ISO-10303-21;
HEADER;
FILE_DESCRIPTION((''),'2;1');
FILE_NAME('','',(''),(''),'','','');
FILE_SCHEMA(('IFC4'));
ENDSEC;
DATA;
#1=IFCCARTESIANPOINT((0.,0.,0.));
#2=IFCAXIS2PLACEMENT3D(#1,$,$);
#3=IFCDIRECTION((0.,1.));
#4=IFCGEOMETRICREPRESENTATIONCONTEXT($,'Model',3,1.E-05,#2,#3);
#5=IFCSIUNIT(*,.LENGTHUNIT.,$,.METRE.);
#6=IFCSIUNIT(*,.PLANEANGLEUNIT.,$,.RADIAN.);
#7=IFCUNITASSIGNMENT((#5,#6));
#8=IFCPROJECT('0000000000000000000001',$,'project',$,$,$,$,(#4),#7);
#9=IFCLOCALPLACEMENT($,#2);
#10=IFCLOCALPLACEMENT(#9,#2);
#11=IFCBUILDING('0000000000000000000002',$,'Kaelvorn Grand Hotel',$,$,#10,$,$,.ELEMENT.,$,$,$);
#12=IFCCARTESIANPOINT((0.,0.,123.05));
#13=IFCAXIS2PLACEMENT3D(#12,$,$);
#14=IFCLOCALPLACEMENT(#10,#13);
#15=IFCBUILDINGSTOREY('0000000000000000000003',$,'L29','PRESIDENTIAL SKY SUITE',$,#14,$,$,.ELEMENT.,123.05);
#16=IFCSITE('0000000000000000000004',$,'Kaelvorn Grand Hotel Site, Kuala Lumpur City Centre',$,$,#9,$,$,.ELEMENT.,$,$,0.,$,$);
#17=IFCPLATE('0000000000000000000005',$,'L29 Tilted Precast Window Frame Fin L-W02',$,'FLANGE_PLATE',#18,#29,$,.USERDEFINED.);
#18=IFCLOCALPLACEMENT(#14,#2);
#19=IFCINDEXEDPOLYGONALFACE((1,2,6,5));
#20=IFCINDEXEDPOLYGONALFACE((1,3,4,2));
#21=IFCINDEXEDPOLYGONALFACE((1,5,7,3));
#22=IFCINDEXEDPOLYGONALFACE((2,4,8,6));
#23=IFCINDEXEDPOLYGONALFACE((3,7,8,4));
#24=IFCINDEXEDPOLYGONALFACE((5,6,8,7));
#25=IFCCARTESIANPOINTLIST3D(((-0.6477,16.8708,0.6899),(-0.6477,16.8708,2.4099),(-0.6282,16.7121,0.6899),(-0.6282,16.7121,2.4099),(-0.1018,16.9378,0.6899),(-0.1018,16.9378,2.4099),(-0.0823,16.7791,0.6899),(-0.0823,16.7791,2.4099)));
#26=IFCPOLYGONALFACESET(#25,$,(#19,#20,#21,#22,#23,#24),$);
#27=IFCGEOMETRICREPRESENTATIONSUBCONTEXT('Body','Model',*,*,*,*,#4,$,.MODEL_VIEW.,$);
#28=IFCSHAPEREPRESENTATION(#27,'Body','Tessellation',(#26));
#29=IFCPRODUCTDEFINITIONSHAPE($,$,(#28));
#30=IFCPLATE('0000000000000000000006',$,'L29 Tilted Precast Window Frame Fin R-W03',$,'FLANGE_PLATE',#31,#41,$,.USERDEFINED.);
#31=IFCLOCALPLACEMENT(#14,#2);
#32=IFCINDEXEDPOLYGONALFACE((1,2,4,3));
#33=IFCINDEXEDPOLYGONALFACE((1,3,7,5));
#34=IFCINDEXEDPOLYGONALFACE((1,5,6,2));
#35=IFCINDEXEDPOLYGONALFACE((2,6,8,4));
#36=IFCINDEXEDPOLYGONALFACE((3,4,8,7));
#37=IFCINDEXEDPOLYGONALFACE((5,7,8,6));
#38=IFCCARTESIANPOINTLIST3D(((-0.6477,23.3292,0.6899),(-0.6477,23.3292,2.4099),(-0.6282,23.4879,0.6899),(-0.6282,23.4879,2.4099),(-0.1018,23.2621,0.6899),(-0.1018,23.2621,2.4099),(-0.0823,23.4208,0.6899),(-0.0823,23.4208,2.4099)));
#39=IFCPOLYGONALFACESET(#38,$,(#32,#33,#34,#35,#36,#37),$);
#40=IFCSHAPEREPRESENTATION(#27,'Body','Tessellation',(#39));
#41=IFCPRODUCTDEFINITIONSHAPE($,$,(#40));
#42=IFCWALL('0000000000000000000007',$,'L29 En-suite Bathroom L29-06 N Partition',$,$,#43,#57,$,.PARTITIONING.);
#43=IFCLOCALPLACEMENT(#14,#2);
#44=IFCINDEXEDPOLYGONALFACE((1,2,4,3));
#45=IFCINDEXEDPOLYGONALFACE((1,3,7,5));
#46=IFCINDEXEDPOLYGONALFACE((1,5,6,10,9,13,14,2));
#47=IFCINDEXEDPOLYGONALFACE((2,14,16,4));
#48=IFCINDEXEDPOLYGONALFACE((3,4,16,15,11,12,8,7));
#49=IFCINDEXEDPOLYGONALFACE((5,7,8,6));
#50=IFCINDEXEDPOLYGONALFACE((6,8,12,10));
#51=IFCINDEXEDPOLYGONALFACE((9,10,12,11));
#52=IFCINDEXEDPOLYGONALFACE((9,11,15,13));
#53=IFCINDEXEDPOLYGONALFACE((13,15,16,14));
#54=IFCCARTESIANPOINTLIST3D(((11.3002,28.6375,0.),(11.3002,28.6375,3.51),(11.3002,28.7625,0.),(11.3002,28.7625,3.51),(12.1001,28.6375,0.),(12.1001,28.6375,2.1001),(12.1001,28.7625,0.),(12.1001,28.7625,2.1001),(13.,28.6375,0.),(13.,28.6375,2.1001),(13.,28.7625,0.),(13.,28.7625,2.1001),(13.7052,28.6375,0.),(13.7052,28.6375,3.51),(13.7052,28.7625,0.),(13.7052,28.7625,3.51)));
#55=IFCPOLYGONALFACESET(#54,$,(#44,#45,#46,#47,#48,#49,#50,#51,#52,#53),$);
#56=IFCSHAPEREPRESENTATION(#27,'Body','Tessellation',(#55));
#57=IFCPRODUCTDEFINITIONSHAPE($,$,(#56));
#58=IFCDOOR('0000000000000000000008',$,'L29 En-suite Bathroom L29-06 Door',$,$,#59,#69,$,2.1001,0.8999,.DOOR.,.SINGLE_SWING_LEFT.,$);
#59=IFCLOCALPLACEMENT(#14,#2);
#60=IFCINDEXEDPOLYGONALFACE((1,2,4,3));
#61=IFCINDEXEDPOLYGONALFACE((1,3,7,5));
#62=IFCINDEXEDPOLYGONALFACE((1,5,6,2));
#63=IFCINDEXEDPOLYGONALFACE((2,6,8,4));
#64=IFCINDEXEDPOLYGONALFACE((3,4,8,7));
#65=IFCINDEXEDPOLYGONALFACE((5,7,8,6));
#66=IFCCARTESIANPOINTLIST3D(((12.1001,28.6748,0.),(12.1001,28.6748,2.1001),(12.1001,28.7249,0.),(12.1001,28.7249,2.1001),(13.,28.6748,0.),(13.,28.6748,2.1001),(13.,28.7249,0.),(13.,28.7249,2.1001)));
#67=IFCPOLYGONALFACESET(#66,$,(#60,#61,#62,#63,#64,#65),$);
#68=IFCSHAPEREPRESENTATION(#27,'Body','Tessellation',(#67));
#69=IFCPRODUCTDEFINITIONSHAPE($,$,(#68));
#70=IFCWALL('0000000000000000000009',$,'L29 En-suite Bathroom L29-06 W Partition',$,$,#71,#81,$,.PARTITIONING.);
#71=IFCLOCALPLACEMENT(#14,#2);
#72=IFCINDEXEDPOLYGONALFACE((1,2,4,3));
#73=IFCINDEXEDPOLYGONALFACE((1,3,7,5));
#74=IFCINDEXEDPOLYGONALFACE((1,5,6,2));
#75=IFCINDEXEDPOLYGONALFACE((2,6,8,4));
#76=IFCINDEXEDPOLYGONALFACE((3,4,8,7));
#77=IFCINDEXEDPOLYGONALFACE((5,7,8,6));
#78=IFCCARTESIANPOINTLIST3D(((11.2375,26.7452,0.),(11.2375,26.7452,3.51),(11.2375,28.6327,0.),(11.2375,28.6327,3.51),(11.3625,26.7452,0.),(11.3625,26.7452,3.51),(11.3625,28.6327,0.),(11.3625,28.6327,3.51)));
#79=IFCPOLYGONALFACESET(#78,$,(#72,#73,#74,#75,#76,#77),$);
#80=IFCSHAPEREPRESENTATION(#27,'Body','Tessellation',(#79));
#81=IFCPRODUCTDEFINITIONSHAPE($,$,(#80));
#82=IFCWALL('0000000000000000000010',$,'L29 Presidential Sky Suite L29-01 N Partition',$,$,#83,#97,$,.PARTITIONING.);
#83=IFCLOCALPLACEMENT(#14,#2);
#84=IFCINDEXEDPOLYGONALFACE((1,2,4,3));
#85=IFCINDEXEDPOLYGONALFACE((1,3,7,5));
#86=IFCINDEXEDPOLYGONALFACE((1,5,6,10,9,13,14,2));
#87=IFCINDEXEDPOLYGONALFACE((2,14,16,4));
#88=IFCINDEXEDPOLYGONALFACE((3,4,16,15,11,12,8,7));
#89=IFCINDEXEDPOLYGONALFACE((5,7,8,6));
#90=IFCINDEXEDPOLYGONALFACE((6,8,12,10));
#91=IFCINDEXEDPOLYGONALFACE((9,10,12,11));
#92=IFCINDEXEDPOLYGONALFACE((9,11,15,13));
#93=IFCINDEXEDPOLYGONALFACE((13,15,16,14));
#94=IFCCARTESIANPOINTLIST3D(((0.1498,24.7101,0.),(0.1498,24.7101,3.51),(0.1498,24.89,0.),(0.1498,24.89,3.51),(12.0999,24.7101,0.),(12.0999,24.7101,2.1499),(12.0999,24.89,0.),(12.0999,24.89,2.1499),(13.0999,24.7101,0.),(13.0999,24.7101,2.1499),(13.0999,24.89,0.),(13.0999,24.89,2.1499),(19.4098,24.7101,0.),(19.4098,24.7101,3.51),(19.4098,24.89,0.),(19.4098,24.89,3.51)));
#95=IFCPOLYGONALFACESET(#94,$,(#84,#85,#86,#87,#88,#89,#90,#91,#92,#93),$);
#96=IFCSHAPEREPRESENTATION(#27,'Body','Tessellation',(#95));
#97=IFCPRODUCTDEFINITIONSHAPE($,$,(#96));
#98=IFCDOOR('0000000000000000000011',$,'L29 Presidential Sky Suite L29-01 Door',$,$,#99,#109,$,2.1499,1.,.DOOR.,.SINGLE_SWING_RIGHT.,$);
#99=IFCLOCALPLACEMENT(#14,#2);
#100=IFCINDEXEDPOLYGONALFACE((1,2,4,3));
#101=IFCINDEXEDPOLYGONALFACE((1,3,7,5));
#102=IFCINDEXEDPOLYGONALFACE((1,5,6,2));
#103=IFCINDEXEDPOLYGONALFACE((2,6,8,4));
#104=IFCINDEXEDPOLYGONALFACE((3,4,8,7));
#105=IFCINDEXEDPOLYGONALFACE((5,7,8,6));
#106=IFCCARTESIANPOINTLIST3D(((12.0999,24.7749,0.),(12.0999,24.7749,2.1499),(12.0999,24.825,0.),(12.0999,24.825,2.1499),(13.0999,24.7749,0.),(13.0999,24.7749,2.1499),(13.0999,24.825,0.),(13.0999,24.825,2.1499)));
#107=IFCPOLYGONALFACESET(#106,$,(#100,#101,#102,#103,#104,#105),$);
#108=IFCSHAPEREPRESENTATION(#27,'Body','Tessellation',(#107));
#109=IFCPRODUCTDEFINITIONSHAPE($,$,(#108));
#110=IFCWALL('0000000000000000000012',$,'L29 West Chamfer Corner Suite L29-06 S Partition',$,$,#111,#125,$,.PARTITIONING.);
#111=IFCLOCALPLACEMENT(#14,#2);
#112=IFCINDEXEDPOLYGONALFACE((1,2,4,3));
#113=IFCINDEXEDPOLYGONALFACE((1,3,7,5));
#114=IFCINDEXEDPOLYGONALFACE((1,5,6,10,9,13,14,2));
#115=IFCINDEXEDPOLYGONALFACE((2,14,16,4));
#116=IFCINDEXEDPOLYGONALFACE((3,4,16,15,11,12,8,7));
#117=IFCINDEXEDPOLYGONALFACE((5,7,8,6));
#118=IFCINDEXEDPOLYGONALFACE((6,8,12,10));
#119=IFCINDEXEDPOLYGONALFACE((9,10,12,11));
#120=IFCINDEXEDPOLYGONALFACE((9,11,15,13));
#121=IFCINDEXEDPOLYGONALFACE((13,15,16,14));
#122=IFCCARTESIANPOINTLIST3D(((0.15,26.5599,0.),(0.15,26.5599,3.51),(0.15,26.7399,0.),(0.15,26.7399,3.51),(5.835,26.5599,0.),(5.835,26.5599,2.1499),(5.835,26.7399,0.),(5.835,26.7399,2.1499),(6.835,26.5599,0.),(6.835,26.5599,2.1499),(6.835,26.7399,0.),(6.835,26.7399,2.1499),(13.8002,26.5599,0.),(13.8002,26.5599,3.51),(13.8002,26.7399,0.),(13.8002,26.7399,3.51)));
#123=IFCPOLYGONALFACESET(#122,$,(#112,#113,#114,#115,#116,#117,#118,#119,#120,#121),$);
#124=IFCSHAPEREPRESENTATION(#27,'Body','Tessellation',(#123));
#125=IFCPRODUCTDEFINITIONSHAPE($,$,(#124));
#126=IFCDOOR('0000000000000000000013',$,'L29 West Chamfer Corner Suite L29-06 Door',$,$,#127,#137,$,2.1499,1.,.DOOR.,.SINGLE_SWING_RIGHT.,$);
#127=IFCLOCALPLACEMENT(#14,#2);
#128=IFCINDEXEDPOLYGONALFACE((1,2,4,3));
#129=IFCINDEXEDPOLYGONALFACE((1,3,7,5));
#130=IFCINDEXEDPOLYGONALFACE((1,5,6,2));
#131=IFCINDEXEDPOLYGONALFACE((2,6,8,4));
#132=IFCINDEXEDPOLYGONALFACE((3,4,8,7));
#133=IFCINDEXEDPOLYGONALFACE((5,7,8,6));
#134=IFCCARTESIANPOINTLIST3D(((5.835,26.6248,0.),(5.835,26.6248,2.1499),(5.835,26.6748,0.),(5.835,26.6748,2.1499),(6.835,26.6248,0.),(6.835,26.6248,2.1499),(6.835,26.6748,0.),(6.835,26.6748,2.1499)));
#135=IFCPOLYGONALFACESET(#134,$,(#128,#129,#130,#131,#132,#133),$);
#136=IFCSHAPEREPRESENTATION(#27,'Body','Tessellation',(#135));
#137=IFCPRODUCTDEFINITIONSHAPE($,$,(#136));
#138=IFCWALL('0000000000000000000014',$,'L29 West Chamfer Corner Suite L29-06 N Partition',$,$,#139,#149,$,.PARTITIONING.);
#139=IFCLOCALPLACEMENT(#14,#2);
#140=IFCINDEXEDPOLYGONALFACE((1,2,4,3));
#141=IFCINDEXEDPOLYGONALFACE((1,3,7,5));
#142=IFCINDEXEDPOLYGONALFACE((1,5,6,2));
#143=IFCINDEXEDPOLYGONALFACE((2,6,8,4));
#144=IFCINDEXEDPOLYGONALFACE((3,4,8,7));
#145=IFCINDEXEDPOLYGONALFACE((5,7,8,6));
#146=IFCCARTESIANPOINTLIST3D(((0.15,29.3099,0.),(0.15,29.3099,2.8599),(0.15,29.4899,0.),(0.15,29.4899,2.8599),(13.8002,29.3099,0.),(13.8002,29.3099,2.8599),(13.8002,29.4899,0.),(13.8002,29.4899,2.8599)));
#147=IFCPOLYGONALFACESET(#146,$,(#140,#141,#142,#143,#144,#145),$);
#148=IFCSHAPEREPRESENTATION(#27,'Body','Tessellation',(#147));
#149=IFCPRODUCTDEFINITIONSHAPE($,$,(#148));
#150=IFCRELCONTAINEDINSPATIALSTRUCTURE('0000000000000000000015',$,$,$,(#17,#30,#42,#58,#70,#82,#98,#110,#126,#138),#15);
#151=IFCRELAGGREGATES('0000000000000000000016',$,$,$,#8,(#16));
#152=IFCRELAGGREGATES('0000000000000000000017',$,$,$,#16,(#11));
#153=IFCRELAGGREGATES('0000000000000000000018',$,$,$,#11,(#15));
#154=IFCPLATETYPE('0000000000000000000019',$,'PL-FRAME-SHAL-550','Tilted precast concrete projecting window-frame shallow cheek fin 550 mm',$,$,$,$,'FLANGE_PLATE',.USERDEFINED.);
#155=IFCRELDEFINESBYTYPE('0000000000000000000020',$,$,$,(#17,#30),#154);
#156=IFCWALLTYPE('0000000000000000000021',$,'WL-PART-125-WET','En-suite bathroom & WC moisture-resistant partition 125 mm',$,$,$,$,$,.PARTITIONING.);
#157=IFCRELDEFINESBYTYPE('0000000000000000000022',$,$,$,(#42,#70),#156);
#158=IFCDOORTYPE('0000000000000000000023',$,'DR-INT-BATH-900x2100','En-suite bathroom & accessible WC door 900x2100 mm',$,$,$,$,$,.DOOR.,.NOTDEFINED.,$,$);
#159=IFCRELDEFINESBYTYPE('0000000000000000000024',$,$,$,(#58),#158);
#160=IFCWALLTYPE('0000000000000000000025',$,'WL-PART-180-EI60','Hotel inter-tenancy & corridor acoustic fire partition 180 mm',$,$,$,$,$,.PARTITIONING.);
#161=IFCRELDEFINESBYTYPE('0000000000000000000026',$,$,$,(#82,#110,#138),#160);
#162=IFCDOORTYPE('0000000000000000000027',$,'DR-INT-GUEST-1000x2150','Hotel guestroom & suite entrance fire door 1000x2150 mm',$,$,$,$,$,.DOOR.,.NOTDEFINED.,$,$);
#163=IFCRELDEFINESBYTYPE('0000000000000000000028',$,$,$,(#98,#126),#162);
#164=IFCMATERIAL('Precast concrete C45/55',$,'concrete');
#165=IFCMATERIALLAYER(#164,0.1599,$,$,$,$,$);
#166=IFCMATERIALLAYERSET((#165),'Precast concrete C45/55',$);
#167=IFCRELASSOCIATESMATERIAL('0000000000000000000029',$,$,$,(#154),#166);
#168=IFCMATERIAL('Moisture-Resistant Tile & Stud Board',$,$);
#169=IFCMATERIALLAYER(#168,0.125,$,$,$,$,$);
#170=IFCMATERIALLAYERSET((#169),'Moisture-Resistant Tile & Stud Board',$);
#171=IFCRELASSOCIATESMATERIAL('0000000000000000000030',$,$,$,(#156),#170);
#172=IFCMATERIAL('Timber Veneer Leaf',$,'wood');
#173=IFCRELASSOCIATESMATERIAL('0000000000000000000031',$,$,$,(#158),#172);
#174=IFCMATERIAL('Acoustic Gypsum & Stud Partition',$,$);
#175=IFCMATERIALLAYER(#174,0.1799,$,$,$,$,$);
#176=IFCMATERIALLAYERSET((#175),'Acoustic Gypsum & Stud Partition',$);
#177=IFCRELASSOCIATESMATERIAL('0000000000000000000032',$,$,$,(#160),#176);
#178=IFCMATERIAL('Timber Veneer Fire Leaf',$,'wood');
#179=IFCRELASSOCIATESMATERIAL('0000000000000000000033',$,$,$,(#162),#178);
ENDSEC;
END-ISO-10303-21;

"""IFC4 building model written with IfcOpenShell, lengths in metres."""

from ifc_helpers import new_model, si_unit, direction, frame, frame_2d, origin, origin_2d, place, context, subcontext, project, spatial, rectangle, extrude, material, layer, layer_set, type_object, element, fill, save


model = new_model("IFC4")

# Units and contexts
model_context = context("Model", 3, precision=1e-05, world=origin(), true_north=direction((0.0, 1.0)))
body_context = subcontext(model_context, "Body", "Model", "MODEL_VIEW")
ifc_project = project(units=[si_unit("LENGTHUNIT", "METRE"), si_unit("PLANEANGLEUNIT", "RADIAN")], contexts=[model_context])

# Site, building, storey
site_placement = place(None, origin())
site = spatial("IfcSite", under=ifc_project, at=site_placement, Name="Kaelvorn Grand Hotel Site, Kuala Lumpur City Centre", CompositionType="ELEMENT", RefElevation=0.0)
building_placement = place(site_placement, origin())
building = spatial("IfcBuilding", under=site, at=building_placement, Name="Kaelvorn Grand Hotel", CompositionType="ELEMENT")
storey_placement = place(building_placement, frame((0.0, 0.0, 123.05)))
storey = spatial("IfcBuildingStorey", under=building, at=storey_placement, Name="L29", Description="PRESIDENTIAL SKY SUITE", CompositionType="ELEMENT", Elevation=123.05)

# Plates
ifc_material_1 = material(Name="Precast concrete C45/55", Category="concrete")
ifc_layer_1 = layer(ifc_material_1, 0.1599)
ifc_layer_set_1 = layer_set([ifc_layer_1], Name="Precast concrete C45/55")
plate_type_1 = type_object("IfcPlateType", Name="PL-FRAME-SHAL-550", Description="Tilted precast concrete projecting window-frame shallow cheek fin 550 mm", ElementType="FLANGE_PLATE", PredefinedType="USERDEFINED", material=ifc_layer_set_1)
for number, where, z_axis, x_axis, name in (
    (1, (-0.365, 16.825, 0.6899), (0.0, 0.0, 1.0), (-0.121869, 0.992546, 0.0), "L29 Tilted Precast Window Frame Fin L-W02"),
    (2, (-0.365, 23.375, 0.6899), (0.0, 0.0, 1.0), (0.121869, 0.992546, 0.0), "L29 Tilted Precast Window Frame Fin R-W03"),
):
    element("IfcPlate", number, at=place(storey_placement, frame(where, z_axis=z_axis, x_axis=x_axis)), inside=storey, type_object=plate_type_1, Name=name, ObjectType="FLANGE_PLATE", PredefinedType="USERDEFINED", context=body_context, shape_type="SweptSolid", body=[
        extrude(rectangle(XDim=0.1599, YDim=0.55, at=origin_2d()), origin(), (0.0, 0.0, 1.0), 1.72),
    ])

# Wall, opening, door
ifc_material_2 = material(Name="Moisture-Resistant Tile & Stud Board")
ifc_layer_2 = layer(ifc_material_2, 0.125)
ifc_layer_set_2 = layer_set([ifc_layer_2], Name="Moisture-Resistant Tile & Stud Board")
wall_type_1 = type_object("IfcWallType", Name="WL-PART-125-WET", Description="En-suite bathroom & WC moisture-resistant partition 125 mm", PredefinedType="PARTITIONING", material=ifc_layer_set_2)
wall_1_placement = place(storey_placement, frame((11.3, 28.7, 0.0), z_axis=(0.0, 0.0, 1.0), x_axis=(1.0, 0.0, 0.0)))
wall_1 = element("IfcWall", 3, at=wall_1_placement, inside=storey, type_object=wall_type_1, Name="L29 En-suite Bathroom L29-06 N Partition", PredefinedType="PARTITIONING", context=body_context, shape_type="SweptSolid", body=[
    extrude(rectangle(XDim=2.405, YDim=0.125, at=frame_2d((1.2026, 0.0))), origin(), (0.0, 0.0, 1.0), 3.51),
])
opening_1_placement = place(wall_1_placement, frame((0.8, 0.0, 0.0)))
opening_1 = element("IfcOpeningElement", 4, at=opening_1_placement, cuts=wall_1, PredefinedType="OPENING", context=body_context, shape_type="SweptSolid", body=[
    extrude(rectangle(XDim=0.8999, YDim=2.1001, at=frame_2d((0.45, 1.05))), frame((0.0, 0.0725, 0.0), z_axis=(0.0, -1.0, 0.0), x_axis=(1.0, 0.0, 0.0)), (0.0, 0.0, 1.0), 0.145),
])
ifc_material_3 = material(Name="Timber Veneer Leaf", Category="wood")
door_type_1 = type_object("IfcDoorType", Name="DR-INT-BATH-900x2100", Description="En-suite bathroom & accessible WC door 900x2100 mm", OperationType="NOTDEFINED", PredefinedType="DOOR", material=ifc_material_3)
door_1_placement = place(opening_1_placement, origin())
door_1 = element("IfcDoor", 5, at=door_1_placement, inside=storey, type_object=door_type_1, Name="L29 En-suite Bathroom L29-06 Door", OperationType="SINGLE_SWING_LEFT", OverallHeight=2.1001, OverallWidth=0.8999, PredefinedType="DOOR", context=body_context, shape_type="SweptSolid", body=[
    extrude(rectangle(XDim=0.8999, YDim=2.1001, at=frame_2d((0.45, 1.05))), frame((0.0, 0.0249, 0.0), z_axis=(0.0, -1.0, 0.0), x_axis=(1.0, 0.0, 0.0)), (0.0, 0.0, 1.0), 0.05),
])
fill(opening_1, door_1)

# Wall
wall_2_placement = place(storey_placement, frame((11.3, 26.7451, 0.0), z_axis=(0.0, 0.0, 1.0), x_axis=(0.0, 1.0, 0.0)))
element("IfcWall", 6, at=wall_2_placement, inside=storey, type_object=wall_type_1, Name="L29 En-suite Bathroom L29-06 W Partition", PredefinedType="PARTITIONING", context=body_context, shape_type="SweptSolid", body=[
    extrude(rectangle(XDim=1.8875, YDim=0.125, at=frame_2d((0.9438, 0.0))), origin(), (0.0, 0.0, 1.0), 3.51),
])

# Walls, openings, doors
ifc_material_4 = material(Name="Acoustic Gypsum & Stud Partition")
ifc_layer_3 = layer(ifc_material_4, 0.1799)
ifc_layer_set_3 = layer_set([ifc_layer_3], Name="Acoustic Gypsum & Stud Partition")
wall_type_2 = type_object("IfcWallType", Name="WL-PART-180-EI60", Description="Hotel inter-tenancy & corridor acoustic fire partition 180 mm", PredefinedType="PARTITIONING", material=ifc_layer_set_3)
wall_3_placement = place(storey_placement, frame((0.1499, 24.8, 0.0), z_axis=(0.0, 0.0, 1.0), x_axis=(1.0, 0.0, 0.0)))
wall_3 = element("IfcWall", 7, at=wall_3_placement, inside=storey, type_object=wall_type_2, Name="L29 Presidential Sky Suite L29-01 N Partition", PredefinedType="PARTITIONING", context=body_context, shape_type="SweptSolid", body=[
    extrude(rectangle(XDim=19.26, YDim=0.1799, at=frame_2d((9.6299, 0.0))), origin(), (0.0, 0.0, 1.0), 3.51),
])
opening_2_placement = place(wall_3_placement, frame((11.95, 0.0, 0.0)))
opening_2 = element("IfcOpeningElement", 8, at=opening_2_placement, cuts=wall_3, PredefinedType="OPENING", context=body_context, shape_type="SweptSolid", body=[
    extrude(rectangle(XDim=1.0, YDim=2.1499, at=frame_2d((0.5, 1.075))), frame((0.0, 0.1001, 0.0), z_axis=(0.0, -1.0, 0.0), x_axis=(1.0, 0.0, 0.0)), (0.0, 0.0, 1.0), 0.2),
])
ifc_material_5 = material(Name="Timber Veneer Fire Leaf", Category="wood")
door_type_2 = type_object("IfcDoorType", Name="DR-INT-GUEST-1000x2150", Description="Hotel guestroom & suite entrance fire door 1000x2150 mm", OperationType="NOTDEFINED", PredefinedType="DOOR", material=ifc_material_5)
door_2_placement = place(opening_2_placement, origin())
door_2 = element("IfcDoor", 9, at=door_2_placement, inside=storey, type_object=door_type_2, Name="L29 Presidential Sky Suite L29-01 Door", OperationType="SINGLE_SWING_RIGHT", OverallHeight=2.1499, OverallWidth=1.0, PredefinedType="DOOR", context=body_context, shape_type="SweptSolid", body=[
    extrude(rectangle(XDim=1.0, YDim=2.1499, at=frame_2d((0.5, 1.075))), frame((0.0, 0.0249, 0.0), z_axis=(0.0, -1.0, 0.0), x_axis=(1.0, 0.0, 0.0)), (0.0, 0.0, 1.0), 0.05),
])
fill(opening_2, door_2)
wall_4_placement = place(storey_placement, frame((0.1499, 26.6499, 0.0), z_axis=(0.0, 0.0, 1.0), x_axis=(1.0, 0.0, 0.0)))
wall_4 = element("IfcWall", 10, at=wall_4_placement, inside=storey, type_object=wall_type_2, Name="L29 West Chamfer Corner Suite L29-06 S Partition", PredefinedType="PARTITIONING", context=body_context, shape_type="SweptSolid", body=[
    extrude(rectangle(XDim=13.6501, YDim=0.1799, at=frame_2d((6.8252, 0.0))), origin(), (0.0, 0.0, 1.0), 3.51),
])
opening_3_placement = place(wall_4_placement, frame((5.6851, 0.0, 0.0)))
opening_3 = element("IfcOpeningElement", 11, at=opening_3_placement, cuts=wall_4, PredefinedType="OPENING", context=body_context, shape_type="SweptSolid", body=[
    extrude(rectangle(XDim=1.0, YDim=2.1499, at=frame_2d((0.5, 1.075))), frame((0.0, 0.1001, 0.0), z_axis=(0.0, -1.0, 0.0), x_axis=(1.0, 0.0, 0.0)), (0.0, 0.0, 1.0), 0.2),
])
door_3_placement = place(opening_3_placement, origin())
door_3 = element("IfcDoor", 12, at=door_3_placement, inside=storey, type_object=door_type_2, Name="L29 West Chamfer Corner Suite L29-06 Door", OperationType="SINGLE_SWING_RIGHT", OverallHeight=2.1499, OverallWidth=1.0, PredefinedType="DOOR", context=body_context, shape_type="SweptSolid", body=[
    extrude(rectangle(XDim=1.0, YDim=2.1499, at=frame_2d((0.5, 1.075))), frame((0.0, 0.0249, 0.0), z_axis=(0.0, -1.0, 0.0), x_axis=(1.0, 0.0, 0.0)), (0.0, 0.0, 1.0), 0.05),
])
fill(opening_3, door_3)

# Wall
wall_5_placement = place(storey_placement, frame((0.1499, 29.3999, 0.0), z_axis=(0.0, 0.0, 1.0), x_axis=(1.0, 0.0, 0.0)))
element("IfcWall", 13, at=wall_5_placement, inside=storey, type_object=wall_type_2, Name="L29 West Chamfer Corner Suite L29-06 N Partition", PredefinedType="PARTITIONING", context=body_context, shape_type="SweptSolid", body=[
    extrude(rectangle(XDim=13.6501, YDim=0.1799, at=frame_2d((6.8252, 0.0))), origin(), (0.0, 0.0, 1.0), 2.8599),
])

save(model, "model.ifc")
